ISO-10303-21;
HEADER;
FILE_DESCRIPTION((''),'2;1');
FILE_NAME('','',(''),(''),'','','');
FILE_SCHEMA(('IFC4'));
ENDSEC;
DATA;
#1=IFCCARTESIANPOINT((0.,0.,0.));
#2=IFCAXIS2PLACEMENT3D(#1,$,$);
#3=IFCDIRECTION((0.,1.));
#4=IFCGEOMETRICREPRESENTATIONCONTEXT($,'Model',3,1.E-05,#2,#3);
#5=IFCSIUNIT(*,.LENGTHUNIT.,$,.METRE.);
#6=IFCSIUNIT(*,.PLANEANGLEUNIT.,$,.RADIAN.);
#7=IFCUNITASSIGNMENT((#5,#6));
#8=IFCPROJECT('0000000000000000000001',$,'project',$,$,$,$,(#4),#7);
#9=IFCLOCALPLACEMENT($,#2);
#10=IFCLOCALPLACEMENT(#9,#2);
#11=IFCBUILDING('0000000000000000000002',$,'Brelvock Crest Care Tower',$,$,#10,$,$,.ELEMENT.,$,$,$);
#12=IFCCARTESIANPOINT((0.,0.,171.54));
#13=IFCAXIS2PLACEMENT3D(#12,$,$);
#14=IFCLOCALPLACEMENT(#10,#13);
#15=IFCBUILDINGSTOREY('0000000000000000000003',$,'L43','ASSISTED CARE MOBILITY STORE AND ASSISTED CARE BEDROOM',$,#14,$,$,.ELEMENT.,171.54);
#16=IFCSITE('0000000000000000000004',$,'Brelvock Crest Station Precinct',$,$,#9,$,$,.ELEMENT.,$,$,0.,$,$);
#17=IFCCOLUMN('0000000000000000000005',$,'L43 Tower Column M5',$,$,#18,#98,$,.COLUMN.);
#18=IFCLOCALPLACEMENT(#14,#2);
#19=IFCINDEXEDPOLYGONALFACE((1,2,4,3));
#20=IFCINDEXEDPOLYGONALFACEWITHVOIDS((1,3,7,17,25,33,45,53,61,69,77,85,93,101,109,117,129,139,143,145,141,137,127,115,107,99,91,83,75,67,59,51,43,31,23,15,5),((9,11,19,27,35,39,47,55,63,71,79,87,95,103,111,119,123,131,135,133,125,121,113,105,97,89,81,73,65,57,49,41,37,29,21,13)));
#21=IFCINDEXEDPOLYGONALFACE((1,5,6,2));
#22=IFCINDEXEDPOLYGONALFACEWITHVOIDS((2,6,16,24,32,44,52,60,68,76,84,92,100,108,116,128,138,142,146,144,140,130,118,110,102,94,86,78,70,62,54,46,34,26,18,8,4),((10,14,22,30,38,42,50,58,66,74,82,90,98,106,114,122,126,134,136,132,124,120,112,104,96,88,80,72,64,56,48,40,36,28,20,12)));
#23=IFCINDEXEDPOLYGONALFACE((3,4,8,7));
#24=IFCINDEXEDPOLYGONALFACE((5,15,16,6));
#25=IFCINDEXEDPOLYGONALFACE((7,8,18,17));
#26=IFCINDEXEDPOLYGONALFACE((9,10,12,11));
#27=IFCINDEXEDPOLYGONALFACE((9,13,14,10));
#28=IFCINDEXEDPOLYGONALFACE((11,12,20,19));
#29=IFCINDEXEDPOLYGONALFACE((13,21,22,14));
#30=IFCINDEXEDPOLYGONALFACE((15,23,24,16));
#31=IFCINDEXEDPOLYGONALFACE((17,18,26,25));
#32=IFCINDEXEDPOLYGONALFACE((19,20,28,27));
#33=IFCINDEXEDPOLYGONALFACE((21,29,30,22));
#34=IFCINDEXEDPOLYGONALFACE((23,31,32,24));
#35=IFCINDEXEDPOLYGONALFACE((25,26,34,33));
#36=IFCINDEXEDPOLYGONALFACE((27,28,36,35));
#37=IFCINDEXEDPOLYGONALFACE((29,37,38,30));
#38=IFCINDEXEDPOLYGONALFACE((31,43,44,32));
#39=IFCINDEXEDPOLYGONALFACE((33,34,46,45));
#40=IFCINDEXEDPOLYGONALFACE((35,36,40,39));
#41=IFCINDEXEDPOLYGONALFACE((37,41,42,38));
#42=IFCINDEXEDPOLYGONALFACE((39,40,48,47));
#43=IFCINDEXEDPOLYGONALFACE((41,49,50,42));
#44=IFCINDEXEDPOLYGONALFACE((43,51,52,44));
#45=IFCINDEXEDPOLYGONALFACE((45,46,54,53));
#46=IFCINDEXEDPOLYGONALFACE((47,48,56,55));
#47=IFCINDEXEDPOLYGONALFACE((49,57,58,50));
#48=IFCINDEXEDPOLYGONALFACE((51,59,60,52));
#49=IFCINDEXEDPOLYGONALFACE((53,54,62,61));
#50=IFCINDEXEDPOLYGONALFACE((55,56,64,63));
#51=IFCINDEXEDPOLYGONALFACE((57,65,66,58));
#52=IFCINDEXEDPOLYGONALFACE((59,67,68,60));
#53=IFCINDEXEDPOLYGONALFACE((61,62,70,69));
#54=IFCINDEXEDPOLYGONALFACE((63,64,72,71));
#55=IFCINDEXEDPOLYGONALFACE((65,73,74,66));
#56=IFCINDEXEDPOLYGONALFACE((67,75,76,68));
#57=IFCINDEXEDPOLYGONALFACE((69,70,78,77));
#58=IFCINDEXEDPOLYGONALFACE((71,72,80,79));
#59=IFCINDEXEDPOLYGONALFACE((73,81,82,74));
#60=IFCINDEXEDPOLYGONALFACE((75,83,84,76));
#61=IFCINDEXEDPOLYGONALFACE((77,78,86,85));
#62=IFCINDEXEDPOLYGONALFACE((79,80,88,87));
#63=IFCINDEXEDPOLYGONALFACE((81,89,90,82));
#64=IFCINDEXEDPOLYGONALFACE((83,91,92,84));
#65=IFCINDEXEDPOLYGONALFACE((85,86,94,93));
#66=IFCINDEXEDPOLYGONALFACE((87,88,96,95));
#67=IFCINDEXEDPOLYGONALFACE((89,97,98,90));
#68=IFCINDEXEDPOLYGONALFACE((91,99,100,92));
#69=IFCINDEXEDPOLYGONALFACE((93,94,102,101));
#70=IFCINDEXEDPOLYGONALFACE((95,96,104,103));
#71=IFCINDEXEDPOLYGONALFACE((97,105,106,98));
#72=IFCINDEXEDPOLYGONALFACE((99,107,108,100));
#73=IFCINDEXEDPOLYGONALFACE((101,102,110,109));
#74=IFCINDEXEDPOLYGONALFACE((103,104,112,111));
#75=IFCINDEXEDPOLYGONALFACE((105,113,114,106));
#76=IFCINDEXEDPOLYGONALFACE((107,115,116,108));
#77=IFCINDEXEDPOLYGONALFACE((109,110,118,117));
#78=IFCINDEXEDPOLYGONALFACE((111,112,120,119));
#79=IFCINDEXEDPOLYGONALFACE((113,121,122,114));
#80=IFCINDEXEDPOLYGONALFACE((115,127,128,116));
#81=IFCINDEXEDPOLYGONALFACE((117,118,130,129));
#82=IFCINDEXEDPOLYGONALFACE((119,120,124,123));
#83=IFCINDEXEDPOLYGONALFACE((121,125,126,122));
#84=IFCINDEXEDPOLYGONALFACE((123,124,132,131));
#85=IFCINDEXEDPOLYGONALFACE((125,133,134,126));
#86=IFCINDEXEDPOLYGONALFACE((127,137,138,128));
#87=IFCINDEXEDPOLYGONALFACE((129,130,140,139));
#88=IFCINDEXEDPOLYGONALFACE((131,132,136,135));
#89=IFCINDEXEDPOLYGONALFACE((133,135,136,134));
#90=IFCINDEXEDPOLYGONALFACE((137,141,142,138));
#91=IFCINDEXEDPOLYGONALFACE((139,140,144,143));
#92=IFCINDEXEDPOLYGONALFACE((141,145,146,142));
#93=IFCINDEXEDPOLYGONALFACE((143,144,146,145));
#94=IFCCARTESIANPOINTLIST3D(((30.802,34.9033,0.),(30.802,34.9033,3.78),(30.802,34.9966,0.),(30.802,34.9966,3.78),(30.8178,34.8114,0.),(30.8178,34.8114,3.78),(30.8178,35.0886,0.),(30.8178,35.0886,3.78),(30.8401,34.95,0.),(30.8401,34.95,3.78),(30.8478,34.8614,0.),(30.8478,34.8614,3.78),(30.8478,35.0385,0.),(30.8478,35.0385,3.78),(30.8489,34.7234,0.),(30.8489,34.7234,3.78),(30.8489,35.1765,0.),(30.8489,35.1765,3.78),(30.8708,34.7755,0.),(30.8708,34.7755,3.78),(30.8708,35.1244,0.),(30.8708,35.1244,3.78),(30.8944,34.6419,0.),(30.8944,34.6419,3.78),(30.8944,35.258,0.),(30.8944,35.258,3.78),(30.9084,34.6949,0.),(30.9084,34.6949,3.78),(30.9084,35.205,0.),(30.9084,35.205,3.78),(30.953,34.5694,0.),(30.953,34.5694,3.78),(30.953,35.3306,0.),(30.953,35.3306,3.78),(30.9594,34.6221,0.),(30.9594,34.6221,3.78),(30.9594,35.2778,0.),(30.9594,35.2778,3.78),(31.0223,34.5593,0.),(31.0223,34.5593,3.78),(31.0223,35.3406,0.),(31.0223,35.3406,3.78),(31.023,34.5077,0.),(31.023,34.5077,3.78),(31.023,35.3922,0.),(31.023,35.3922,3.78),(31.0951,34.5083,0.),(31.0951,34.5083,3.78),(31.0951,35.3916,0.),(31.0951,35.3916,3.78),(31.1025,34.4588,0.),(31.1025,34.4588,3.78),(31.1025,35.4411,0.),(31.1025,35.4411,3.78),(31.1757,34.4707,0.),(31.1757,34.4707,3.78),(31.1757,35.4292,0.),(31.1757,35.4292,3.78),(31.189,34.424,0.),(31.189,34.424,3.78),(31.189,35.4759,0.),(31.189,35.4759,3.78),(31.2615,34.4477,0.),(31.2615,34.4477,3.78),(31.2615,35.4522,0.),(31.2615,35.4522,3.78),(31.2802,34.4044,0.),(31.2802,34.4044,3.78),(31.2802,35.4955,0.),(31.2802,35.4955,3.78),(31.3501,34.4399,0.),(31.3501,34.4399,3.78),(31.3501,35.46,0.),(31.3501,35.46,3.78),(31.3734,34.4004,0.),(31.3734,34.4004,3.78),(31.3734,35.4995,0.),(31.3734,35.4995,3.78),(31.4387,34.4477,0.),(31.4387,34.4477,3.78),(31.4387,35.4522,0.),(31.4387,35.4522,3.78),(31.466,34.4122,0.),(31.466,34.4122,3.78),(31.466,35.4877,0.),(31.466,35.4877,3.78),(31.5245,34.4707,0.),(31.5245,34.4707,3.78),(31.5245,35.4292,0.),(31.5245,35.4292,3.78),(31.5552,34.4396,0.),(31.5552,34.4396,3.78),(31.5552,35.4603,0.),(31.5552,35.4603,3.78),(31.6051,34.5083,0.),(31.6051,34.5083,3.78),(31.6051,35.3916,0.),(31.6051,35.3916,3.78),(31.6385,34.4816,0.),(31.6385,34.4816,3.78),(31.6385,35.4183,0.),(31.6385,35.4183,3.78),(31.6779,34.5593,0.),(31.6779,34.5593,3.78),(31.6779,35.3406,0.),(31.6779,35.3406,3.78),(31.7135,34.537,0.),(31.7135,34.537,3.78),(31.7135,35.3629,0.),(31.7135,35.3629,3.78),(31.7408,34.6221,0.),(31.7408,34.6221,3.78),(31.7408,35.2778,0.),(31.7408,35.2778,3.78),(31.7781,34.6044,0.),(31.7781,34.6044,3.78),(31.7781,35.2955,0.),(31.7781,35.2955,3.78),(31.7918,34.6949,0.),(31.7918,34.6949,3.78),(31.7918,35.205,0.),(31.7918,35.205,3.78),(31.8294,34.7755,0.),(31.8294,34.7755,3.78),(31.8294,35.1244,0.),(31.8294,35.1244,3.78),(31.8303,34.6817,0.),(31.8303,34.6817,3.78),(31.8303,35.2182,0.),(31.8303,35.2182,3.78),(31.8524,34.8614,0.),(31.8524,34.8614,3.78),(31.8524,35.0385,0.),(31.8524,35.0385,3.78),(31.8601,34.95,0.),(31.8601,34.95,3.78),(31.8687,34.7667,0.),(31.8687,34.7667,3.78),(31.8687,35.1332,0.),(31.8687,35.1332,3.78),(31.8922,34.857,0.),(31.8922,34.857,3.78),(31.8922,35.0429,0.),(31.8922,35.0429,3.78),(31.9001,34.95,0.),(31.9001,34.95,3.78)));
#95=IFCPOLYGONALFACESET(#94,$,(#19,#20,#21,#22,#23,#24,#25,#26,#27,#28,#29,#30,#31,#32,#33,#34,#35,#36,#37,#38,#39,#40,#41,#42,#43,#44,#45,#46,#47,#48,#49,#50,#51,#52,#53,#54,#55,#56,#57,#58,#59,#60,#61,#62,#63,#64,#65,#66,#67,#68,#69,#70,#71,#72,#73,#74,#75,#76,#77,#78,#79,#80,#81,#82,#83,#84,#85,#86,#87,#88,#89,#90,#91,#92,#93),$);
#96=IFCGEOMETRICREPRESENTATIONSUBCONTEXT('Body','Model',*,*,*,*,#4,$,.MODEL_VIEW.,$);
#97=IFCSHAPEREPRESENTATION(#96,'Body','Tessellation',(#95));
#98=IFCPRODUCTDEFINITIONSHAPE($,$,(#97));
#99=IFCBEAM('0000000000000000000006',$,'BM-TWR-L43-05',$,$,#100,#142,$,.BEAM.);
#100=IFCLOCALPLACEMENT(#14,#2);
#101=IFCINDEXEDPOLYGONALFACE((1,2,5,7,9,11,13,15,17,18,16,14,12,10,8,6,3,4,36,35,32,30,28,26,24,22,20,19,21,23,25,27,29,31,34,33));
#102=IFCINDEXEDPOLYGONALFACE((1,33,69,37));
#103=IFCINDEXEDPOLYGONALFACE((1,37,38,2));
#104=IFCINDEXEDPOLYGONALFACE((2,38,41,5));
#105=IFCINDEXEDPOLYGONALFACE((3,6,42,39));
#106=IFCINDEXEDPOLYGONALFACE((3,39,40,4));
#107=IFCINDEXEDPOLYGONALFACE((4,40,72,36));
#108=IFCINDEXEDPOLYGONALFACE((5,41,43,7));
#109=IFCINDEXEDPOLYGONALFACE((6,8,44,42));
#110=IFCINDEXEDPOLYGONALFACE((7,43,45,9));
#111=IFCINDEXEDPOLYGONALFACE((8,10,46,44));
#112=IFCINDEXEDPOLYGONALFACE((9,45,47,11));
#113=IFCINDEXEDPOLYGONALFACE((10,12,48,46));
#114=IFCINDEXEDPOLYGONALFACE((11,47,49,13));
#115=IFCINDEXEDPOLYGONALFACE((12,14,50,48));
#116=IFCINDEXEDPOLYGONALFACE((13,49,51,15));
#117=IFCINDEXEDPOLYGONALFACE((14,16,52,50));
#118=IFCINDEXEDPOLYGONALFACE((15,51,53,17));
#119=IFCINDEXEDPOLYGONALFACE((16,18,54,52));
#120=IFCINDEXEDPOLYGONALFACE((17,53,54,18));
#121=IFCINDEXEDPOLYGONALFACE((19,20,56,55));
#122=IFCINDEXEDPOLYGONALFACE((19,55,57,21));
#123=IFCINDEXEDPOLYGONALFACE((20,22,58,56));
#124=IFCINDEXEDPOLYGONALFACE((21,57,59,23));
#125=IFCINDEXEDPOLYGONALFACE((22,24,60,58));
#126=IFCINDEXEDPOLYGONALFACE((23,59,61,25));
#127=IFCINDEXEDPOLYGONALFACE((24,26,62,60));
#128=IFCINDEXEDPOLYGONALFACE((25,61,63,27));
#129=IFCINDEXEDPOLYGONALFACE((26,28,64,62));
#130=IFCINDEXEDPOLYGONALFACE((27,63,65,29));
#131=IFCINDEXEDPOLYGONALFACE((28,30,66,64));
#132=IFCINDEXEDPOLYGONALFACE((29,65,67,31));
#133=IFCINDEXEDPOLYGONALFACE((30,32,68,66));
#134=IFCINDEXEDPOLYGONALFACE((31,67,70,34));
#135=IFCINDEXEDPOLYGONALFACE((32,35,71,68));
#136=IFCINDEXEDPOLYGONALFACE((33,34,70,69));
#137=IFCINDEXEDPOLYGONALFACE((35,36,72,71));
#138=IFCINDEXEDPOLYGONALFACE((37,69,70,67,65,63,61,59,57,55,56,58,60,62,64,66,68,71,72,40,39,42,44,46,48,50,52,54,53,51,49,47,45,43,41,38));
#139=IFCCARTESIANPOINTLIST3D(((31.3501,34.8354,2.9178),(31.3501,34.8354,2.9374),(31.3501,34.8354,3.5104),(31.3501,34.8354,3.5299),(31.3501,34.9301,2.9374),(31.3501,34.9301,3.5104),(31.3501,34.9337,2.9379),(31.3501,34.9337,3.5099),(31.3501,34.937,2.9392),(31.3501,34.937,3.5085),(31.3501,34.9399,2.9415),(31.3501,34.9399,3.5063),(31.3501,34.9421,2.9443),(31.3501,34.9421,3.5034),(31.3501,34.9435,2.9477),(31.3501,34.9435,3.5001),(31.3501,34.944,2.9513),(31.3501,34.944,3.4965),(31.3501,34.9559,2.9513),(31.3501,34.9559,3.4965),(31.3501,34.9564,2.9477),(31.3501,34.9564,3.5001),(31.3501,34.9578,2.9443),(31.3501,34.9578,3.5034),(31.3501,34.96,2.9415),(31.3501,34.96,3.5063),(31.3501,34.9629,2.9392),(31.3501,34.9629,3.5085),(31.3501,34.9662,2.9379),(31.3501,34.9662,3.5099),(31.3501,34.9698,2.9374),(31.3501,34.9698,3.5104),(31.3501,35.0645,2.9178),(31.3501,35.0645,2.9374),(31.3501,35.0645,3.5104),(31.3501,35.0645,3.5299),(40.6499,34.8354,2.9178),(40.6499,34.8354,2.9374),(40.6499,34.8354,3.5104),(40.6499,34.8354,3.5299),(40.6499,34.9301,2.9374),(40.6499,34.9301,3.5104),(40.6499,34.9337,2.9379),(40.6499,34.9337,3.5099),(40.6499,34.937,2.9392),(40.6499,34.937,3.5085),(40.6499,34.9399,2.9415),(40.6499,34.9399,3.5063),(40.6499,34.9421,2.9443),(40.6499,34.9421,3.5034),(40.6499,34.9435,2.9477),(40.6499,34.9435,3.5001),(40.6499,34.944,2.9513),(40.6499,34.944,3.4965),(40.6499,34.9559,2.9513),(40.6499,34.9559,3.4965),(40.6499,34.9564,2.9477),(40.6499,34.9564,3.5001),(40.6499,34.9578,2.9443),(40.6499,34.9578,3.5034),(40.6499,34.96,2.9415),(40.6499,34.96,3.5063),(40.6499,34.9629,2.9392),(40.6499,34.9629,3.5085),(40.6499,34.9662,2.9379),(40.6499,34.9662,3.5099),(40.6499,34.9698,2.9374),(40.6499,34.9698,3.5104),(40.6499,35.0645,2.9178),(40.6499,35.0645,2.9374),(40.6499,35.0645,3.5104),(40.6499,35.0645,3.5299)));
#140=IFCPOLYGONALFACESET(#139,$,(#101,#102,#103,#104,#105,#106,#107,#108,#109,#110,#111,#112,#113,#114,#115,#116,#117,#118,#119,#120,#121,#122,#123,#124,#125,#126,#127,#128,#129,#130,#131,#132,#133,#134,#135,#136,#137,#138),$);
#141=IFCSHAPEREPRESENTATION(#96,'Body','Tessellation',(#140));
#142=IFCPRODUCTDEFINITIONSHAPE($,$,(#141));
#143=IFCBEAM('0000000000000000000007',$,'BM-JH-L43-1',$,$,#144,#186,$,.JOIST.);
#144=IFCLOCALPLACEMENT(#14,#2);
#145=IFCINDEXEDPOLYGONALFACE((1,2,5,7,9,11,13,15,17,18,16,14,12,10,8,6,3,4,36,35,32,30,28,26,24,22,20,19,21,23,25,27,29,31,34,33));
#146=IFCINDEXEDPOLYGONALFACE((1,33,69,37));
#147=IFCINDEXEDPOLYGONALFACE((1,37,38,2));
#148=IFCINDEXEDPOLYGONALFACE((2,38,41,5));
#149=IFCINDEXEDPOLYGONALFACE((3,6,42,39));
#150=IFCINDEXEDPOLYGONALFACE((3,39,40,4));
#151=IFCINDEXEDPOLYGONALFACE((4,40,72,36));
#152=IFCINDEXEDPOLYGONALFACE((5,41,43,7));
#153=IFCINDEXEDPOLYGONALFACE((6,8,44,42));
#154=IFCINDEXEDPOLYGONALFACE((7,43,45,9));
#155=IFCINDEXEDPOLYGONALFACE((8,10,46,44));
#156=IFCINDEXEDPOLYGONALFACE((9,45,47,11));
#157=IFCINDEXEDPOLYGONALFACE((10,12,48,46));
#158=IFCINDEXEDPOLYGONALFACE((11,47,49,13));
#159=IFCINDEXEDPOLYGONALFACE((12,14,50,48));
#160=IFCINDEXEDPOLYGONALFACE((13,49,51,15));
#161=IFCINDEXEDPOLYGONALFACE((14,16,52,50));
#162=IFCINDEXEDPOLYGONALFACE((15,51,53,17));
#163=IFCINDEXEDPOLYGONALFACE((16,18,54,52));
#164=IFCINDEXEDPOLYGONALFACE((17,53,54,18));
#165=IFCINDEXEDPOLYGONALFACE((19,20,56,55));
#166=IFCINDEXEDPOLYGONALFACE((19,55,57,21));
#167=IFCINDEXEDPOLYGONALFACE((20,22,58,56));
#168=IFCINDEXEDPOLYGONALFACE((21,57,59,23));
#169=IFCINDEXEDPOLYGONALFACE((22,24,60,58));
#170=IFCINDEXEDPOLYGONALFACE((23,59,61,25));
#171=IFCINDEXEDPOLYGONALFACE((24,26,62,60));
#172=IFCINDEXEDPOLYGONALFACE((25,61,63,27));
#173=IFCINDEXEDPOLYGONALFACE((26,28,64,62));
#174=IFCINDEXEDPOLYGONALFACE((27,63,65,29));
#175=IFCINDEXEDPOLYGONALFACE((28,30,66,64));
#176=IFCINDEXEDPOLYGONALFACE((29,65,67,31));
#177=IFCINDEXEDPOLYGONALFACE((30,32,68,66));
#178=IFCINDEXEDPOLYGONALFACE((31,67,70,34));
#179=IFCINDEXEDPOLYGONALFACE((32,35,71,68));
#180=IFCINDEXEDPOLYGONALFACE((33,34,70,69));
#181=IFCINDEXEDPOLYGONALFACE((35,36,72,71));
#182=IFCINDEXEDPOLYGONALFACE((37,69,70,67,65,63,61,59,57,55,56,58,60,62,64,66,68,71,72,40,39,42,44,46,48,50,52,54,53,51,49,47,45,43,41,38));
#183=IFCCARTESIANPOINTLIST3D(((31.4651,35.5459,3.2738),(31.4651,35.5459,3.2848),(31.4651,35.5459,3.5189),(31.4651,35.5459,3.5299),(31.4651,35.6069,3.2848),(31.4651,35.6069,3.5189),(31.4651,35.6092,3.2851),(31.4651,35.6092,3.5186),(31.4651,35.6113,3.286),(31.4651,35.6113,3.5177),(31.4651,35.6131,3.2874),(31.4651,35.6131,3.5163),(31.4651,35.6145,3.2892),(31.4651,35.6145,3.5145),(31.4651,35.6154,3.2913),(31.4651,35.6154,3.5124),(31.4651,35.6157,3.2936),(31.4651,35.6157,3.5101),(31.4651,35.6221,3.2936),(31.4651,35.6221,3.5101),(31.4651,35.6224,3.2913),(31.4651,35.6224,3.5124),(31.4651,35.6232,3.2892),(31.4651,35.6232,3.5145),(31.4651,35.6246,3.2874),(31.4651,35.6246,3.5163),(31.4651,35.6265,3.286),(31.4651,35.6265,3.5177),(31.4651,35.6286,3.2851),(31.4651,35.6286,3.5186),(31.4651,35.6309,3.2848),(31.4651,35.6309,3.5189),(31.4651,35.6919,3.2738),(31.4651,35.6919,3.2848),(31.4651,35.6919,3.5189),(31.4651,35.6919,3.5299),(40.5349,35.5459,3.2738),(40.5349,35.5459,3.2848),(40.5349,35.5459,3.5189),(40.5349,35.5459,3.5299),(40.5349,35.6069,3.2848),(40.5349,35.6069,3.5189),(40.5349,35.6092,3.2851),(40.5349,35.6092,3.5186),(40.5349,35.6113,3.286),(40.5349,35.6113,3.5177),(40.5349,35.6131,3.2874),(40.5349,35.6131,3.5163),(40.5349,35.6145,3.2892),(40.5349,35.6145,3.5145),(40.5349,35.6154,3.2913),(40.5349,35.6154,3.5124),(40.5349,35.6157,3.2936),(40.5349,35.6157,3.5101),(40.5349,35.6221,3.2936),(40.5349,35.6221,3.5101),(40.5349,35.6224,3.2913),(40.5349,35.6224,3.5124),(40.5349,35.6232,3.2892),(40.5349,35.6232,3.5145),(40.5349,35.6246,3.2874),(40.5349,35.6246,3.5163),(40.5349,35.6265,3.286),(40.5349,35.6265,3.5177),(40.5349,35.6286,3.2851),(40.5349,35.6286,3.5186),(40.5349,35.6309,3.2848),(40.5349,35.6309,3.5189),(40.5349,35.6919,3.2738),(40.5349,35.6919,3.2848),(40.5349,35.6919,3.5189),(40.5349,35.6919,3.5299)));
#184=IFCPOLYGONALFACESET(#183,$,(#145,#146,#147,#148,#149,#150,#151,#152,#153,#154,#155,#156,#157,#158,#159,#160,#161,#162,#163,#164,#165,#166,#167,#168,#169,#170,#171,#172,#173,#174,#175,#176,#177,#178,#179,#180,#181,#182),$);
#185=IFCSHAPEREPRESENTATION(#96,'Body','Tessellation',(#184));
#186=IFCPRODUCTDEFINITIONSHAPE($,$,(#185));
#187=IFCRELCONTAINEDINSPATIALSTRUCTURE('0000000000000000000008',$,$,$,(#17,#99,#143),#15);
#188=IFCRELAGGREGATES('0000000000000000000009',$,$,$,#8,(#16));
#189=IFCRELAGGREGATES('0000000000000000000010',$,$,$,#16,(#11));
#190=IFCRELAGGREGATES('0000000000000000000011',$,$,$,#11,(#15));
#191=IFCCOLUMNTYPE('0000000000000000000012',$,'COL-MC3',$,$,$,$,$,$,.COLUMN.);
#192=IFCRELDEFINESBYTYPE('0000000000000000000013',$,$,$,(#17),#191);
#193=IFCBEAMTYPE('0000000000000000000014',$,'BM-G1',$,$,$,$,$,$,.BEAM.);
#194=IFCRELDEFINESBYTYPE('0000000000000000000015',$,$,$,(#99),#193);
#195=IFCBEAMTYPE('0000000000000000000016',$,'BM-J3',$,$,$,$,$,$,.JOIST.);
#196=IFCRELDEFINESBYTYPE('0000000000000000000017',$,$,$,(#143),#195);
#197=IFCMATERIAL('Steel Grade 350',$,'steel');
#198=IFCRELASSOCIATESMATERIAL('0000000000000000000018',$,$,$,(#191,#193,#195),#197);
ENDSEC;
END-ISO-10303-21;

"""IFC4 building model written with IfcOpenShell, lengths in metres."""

from ifc_helpers import new_model, si_unit, direction, frame, origin, origin_2d, place, context, subcontext, project, spatial, hollow_circle, i_section, extrude, source, transform, mapped, material, material_profile, profile_set, type_object, element, save


model = new_model("IFC4")

# Units and contexts
model_context = context("Model", 3, precision=1e-05, world=origin(), true_north=direction((0.0, 1.0)))
body_context = subcontext(model_context, "Body", "Model", "MODEL_VIEW")
ifc_project = project(units=[si_unit("LENGTHUNIT", "METRE"), si_unit("PLANEANGLEUNIT", "RADIAN")], contexts=[model_context])

# Site, building, storey
site_placement = place(None, origin())
site = spatial("IfcSite", under=ifc_project, at=site_placement, Name="Brelvock Crest Station Precinct", CompositionType="ELEMENT", RefElevation=0.0)
building_placement = place(site_placement, origin())
building = spatial("IfcBuilding", under=site, at=building_placement, Name="Brelvock Crest Care Tower", CompositionType="ELEMENT")
storey_placement = place(building_placement, frame((0.0, 0.0, 171.54)))
storey = spatial("IfcBuildingStorey", under=building, at=storey_placement, Name="L43", Description="ASSISTED CARE MOBILITY STORE AND ASSISTED CARE BEDROOM", CompositionType="ELEMENT", Elevation=171.54)

# Column
ifc_material_1 = material(Name="Steel Grade 350", Category="steel")
ifc_material_profile_1 = material_profile(ifc_material_1, hollow_circle(Radius=0.55, WallThickness=0.04, at=origin_2d()), Name="CFT1100x40")
ifc_profile_set_1 = profile_set([ifc_material_profile_1], Name="Steel Grade 350")
column_type = type_object("IfcColumnType", Name="COL-MC3", PredefinedType="COLUMN", material=ifc_profile_set_1)
shared_shape_1 = source(origin(), body_context, "Body", "SweptSolid", [
    extrude(hollow_circle(Radius=0.55, WallThickness=0.04, at=origin_2d()), origin(), (0.0, 0.0, 1.0), 3.78),
])
column_placement = place(storey_placement, frame((31.3501, 34.95, 0.0), z_axis=(0.0, 0.0, 1.0), x_axis=(1.0, 0.0, 0.0)))
element("IfcColumn", 1, at=column_placement, inside=storey, type_object=column_type, Name="L43 Tower Column M5", PredefinedType="COLUMN", context=body_context, shape_type="MappedRepresentation", body=[
    mapped(shared_shape_1, transform((0.0, 0.0, 0.0), x_axis=(1.0, 0.0, 0.0), y_axis=(0.0, 1.0, 0.0), z_axis=(0.0, 0.0, 1.0), scale=1.0)),
])

# Beams
ifc_material_profile_2 = material_profile(ifc_material_1, i_section(OverallWidth=0.229, OverallDepth=0.6121, WebThickness=0.012, FlangeThickness=0.0195, FilletRadius=0.0139, at=origin_2d()), Name="610UB125")
ifc_profile_set_2 = profile_set([ifc_material_profile_2], Name="Steel Grade 350")
beam_type_1 = type_object("IfcBeamType", Name="BM-G1", PredefinedType="BEAM", material=ifc_profile_set_2)
shared_shape_2 = source(origin(), body_context, "Body", "SweptSolid", [
    extrude(i_section(OverallWidth=0.229, OverallDepth=0.6121, WebThickness=0.012, FlangeThickness=0.0195, FilletRadius=0.0139, at=origin_2d()), origin(), (0.0, 0.0, 1.0), 9.2998),
])
beam_1_placement = place(storey_placement, frame((31.3501, 34.95, 3.2239), z_axis=(1.0, 0.0, 0.0), x_axis=(0.0, 1.0, 0.0)))
element("IfcBeam", 2, at=beam_1_placement, inside=storey, type_object=beam_type_1, Name="BM-TWR-L43-05", PredefinedType="BEAM", context=body_context, shape_type="MappedRepresentation", body=[
    mapped(shared_shape_2, transform((0.0, 0.0, 0.0), x_axis=(1.0, 0.0, 0.0), y_axis=(0.0, 1.0, 0.0), z_axis=(0.0, 0.0, 1.0), scale=1.0)),
])
ifc_material_profile_3 = material_profile(ifc_material_1, i_section(OverallWidth=0.146, OverallDepth=0.2561, WebThickness=0.0063, FlangeThickness=0.011, FilletRadius=0.0088, at=origin_2d()), Name="250UB37.3")
ifc_profile_set_3 = profile_set([ifc_material_profile_3], Name="Steel Grade 350")
beam_type_2 = type_object("IfcBeamType", Name="BM-J3", PredefinedType="JOIST", material=ifc_profile_set_3)
shared_shape_3 = source(origin(), body_context, "Body", "SweptSolid", [
    extrude(i_section(OverallWidth=0.146, OverallDepth=0.2561, WebThickness=0.0063, FlangeThickness=0.011, FilletRadius=0.0088, at=origin_2d()), origin(), (0.0, 0.0, 1.0), 9.0698),
])
for number, where, z_axis, x_axis, name in (
    (3, (31.4651, 35.6189, 3.4019), (1.0, 0.0, 0.0), (0.0, 1.0, 0.0), "BM-JH-L43-1"),
):
    element("IfcBeam", number, at=place(storey_placement, frame(where, z_axis=z_axis, x_axis=x_axis)), inside=storey, type_object=beam_type_2, Name=name, PredefinedType="JOIST", context=body_context, shape_type="MappedRepresentation", body=[
        mapped(shared_shape_3, transform((0.0, 0.0, 0.0), x_axis=(1.0, 0.0, 0.0), y_axis=(0.0, 1.0, 0.0), z_axis=(0.0, 0.0, 1.0), scale=1.0)),
    ])

save(model, "model.ifc")
